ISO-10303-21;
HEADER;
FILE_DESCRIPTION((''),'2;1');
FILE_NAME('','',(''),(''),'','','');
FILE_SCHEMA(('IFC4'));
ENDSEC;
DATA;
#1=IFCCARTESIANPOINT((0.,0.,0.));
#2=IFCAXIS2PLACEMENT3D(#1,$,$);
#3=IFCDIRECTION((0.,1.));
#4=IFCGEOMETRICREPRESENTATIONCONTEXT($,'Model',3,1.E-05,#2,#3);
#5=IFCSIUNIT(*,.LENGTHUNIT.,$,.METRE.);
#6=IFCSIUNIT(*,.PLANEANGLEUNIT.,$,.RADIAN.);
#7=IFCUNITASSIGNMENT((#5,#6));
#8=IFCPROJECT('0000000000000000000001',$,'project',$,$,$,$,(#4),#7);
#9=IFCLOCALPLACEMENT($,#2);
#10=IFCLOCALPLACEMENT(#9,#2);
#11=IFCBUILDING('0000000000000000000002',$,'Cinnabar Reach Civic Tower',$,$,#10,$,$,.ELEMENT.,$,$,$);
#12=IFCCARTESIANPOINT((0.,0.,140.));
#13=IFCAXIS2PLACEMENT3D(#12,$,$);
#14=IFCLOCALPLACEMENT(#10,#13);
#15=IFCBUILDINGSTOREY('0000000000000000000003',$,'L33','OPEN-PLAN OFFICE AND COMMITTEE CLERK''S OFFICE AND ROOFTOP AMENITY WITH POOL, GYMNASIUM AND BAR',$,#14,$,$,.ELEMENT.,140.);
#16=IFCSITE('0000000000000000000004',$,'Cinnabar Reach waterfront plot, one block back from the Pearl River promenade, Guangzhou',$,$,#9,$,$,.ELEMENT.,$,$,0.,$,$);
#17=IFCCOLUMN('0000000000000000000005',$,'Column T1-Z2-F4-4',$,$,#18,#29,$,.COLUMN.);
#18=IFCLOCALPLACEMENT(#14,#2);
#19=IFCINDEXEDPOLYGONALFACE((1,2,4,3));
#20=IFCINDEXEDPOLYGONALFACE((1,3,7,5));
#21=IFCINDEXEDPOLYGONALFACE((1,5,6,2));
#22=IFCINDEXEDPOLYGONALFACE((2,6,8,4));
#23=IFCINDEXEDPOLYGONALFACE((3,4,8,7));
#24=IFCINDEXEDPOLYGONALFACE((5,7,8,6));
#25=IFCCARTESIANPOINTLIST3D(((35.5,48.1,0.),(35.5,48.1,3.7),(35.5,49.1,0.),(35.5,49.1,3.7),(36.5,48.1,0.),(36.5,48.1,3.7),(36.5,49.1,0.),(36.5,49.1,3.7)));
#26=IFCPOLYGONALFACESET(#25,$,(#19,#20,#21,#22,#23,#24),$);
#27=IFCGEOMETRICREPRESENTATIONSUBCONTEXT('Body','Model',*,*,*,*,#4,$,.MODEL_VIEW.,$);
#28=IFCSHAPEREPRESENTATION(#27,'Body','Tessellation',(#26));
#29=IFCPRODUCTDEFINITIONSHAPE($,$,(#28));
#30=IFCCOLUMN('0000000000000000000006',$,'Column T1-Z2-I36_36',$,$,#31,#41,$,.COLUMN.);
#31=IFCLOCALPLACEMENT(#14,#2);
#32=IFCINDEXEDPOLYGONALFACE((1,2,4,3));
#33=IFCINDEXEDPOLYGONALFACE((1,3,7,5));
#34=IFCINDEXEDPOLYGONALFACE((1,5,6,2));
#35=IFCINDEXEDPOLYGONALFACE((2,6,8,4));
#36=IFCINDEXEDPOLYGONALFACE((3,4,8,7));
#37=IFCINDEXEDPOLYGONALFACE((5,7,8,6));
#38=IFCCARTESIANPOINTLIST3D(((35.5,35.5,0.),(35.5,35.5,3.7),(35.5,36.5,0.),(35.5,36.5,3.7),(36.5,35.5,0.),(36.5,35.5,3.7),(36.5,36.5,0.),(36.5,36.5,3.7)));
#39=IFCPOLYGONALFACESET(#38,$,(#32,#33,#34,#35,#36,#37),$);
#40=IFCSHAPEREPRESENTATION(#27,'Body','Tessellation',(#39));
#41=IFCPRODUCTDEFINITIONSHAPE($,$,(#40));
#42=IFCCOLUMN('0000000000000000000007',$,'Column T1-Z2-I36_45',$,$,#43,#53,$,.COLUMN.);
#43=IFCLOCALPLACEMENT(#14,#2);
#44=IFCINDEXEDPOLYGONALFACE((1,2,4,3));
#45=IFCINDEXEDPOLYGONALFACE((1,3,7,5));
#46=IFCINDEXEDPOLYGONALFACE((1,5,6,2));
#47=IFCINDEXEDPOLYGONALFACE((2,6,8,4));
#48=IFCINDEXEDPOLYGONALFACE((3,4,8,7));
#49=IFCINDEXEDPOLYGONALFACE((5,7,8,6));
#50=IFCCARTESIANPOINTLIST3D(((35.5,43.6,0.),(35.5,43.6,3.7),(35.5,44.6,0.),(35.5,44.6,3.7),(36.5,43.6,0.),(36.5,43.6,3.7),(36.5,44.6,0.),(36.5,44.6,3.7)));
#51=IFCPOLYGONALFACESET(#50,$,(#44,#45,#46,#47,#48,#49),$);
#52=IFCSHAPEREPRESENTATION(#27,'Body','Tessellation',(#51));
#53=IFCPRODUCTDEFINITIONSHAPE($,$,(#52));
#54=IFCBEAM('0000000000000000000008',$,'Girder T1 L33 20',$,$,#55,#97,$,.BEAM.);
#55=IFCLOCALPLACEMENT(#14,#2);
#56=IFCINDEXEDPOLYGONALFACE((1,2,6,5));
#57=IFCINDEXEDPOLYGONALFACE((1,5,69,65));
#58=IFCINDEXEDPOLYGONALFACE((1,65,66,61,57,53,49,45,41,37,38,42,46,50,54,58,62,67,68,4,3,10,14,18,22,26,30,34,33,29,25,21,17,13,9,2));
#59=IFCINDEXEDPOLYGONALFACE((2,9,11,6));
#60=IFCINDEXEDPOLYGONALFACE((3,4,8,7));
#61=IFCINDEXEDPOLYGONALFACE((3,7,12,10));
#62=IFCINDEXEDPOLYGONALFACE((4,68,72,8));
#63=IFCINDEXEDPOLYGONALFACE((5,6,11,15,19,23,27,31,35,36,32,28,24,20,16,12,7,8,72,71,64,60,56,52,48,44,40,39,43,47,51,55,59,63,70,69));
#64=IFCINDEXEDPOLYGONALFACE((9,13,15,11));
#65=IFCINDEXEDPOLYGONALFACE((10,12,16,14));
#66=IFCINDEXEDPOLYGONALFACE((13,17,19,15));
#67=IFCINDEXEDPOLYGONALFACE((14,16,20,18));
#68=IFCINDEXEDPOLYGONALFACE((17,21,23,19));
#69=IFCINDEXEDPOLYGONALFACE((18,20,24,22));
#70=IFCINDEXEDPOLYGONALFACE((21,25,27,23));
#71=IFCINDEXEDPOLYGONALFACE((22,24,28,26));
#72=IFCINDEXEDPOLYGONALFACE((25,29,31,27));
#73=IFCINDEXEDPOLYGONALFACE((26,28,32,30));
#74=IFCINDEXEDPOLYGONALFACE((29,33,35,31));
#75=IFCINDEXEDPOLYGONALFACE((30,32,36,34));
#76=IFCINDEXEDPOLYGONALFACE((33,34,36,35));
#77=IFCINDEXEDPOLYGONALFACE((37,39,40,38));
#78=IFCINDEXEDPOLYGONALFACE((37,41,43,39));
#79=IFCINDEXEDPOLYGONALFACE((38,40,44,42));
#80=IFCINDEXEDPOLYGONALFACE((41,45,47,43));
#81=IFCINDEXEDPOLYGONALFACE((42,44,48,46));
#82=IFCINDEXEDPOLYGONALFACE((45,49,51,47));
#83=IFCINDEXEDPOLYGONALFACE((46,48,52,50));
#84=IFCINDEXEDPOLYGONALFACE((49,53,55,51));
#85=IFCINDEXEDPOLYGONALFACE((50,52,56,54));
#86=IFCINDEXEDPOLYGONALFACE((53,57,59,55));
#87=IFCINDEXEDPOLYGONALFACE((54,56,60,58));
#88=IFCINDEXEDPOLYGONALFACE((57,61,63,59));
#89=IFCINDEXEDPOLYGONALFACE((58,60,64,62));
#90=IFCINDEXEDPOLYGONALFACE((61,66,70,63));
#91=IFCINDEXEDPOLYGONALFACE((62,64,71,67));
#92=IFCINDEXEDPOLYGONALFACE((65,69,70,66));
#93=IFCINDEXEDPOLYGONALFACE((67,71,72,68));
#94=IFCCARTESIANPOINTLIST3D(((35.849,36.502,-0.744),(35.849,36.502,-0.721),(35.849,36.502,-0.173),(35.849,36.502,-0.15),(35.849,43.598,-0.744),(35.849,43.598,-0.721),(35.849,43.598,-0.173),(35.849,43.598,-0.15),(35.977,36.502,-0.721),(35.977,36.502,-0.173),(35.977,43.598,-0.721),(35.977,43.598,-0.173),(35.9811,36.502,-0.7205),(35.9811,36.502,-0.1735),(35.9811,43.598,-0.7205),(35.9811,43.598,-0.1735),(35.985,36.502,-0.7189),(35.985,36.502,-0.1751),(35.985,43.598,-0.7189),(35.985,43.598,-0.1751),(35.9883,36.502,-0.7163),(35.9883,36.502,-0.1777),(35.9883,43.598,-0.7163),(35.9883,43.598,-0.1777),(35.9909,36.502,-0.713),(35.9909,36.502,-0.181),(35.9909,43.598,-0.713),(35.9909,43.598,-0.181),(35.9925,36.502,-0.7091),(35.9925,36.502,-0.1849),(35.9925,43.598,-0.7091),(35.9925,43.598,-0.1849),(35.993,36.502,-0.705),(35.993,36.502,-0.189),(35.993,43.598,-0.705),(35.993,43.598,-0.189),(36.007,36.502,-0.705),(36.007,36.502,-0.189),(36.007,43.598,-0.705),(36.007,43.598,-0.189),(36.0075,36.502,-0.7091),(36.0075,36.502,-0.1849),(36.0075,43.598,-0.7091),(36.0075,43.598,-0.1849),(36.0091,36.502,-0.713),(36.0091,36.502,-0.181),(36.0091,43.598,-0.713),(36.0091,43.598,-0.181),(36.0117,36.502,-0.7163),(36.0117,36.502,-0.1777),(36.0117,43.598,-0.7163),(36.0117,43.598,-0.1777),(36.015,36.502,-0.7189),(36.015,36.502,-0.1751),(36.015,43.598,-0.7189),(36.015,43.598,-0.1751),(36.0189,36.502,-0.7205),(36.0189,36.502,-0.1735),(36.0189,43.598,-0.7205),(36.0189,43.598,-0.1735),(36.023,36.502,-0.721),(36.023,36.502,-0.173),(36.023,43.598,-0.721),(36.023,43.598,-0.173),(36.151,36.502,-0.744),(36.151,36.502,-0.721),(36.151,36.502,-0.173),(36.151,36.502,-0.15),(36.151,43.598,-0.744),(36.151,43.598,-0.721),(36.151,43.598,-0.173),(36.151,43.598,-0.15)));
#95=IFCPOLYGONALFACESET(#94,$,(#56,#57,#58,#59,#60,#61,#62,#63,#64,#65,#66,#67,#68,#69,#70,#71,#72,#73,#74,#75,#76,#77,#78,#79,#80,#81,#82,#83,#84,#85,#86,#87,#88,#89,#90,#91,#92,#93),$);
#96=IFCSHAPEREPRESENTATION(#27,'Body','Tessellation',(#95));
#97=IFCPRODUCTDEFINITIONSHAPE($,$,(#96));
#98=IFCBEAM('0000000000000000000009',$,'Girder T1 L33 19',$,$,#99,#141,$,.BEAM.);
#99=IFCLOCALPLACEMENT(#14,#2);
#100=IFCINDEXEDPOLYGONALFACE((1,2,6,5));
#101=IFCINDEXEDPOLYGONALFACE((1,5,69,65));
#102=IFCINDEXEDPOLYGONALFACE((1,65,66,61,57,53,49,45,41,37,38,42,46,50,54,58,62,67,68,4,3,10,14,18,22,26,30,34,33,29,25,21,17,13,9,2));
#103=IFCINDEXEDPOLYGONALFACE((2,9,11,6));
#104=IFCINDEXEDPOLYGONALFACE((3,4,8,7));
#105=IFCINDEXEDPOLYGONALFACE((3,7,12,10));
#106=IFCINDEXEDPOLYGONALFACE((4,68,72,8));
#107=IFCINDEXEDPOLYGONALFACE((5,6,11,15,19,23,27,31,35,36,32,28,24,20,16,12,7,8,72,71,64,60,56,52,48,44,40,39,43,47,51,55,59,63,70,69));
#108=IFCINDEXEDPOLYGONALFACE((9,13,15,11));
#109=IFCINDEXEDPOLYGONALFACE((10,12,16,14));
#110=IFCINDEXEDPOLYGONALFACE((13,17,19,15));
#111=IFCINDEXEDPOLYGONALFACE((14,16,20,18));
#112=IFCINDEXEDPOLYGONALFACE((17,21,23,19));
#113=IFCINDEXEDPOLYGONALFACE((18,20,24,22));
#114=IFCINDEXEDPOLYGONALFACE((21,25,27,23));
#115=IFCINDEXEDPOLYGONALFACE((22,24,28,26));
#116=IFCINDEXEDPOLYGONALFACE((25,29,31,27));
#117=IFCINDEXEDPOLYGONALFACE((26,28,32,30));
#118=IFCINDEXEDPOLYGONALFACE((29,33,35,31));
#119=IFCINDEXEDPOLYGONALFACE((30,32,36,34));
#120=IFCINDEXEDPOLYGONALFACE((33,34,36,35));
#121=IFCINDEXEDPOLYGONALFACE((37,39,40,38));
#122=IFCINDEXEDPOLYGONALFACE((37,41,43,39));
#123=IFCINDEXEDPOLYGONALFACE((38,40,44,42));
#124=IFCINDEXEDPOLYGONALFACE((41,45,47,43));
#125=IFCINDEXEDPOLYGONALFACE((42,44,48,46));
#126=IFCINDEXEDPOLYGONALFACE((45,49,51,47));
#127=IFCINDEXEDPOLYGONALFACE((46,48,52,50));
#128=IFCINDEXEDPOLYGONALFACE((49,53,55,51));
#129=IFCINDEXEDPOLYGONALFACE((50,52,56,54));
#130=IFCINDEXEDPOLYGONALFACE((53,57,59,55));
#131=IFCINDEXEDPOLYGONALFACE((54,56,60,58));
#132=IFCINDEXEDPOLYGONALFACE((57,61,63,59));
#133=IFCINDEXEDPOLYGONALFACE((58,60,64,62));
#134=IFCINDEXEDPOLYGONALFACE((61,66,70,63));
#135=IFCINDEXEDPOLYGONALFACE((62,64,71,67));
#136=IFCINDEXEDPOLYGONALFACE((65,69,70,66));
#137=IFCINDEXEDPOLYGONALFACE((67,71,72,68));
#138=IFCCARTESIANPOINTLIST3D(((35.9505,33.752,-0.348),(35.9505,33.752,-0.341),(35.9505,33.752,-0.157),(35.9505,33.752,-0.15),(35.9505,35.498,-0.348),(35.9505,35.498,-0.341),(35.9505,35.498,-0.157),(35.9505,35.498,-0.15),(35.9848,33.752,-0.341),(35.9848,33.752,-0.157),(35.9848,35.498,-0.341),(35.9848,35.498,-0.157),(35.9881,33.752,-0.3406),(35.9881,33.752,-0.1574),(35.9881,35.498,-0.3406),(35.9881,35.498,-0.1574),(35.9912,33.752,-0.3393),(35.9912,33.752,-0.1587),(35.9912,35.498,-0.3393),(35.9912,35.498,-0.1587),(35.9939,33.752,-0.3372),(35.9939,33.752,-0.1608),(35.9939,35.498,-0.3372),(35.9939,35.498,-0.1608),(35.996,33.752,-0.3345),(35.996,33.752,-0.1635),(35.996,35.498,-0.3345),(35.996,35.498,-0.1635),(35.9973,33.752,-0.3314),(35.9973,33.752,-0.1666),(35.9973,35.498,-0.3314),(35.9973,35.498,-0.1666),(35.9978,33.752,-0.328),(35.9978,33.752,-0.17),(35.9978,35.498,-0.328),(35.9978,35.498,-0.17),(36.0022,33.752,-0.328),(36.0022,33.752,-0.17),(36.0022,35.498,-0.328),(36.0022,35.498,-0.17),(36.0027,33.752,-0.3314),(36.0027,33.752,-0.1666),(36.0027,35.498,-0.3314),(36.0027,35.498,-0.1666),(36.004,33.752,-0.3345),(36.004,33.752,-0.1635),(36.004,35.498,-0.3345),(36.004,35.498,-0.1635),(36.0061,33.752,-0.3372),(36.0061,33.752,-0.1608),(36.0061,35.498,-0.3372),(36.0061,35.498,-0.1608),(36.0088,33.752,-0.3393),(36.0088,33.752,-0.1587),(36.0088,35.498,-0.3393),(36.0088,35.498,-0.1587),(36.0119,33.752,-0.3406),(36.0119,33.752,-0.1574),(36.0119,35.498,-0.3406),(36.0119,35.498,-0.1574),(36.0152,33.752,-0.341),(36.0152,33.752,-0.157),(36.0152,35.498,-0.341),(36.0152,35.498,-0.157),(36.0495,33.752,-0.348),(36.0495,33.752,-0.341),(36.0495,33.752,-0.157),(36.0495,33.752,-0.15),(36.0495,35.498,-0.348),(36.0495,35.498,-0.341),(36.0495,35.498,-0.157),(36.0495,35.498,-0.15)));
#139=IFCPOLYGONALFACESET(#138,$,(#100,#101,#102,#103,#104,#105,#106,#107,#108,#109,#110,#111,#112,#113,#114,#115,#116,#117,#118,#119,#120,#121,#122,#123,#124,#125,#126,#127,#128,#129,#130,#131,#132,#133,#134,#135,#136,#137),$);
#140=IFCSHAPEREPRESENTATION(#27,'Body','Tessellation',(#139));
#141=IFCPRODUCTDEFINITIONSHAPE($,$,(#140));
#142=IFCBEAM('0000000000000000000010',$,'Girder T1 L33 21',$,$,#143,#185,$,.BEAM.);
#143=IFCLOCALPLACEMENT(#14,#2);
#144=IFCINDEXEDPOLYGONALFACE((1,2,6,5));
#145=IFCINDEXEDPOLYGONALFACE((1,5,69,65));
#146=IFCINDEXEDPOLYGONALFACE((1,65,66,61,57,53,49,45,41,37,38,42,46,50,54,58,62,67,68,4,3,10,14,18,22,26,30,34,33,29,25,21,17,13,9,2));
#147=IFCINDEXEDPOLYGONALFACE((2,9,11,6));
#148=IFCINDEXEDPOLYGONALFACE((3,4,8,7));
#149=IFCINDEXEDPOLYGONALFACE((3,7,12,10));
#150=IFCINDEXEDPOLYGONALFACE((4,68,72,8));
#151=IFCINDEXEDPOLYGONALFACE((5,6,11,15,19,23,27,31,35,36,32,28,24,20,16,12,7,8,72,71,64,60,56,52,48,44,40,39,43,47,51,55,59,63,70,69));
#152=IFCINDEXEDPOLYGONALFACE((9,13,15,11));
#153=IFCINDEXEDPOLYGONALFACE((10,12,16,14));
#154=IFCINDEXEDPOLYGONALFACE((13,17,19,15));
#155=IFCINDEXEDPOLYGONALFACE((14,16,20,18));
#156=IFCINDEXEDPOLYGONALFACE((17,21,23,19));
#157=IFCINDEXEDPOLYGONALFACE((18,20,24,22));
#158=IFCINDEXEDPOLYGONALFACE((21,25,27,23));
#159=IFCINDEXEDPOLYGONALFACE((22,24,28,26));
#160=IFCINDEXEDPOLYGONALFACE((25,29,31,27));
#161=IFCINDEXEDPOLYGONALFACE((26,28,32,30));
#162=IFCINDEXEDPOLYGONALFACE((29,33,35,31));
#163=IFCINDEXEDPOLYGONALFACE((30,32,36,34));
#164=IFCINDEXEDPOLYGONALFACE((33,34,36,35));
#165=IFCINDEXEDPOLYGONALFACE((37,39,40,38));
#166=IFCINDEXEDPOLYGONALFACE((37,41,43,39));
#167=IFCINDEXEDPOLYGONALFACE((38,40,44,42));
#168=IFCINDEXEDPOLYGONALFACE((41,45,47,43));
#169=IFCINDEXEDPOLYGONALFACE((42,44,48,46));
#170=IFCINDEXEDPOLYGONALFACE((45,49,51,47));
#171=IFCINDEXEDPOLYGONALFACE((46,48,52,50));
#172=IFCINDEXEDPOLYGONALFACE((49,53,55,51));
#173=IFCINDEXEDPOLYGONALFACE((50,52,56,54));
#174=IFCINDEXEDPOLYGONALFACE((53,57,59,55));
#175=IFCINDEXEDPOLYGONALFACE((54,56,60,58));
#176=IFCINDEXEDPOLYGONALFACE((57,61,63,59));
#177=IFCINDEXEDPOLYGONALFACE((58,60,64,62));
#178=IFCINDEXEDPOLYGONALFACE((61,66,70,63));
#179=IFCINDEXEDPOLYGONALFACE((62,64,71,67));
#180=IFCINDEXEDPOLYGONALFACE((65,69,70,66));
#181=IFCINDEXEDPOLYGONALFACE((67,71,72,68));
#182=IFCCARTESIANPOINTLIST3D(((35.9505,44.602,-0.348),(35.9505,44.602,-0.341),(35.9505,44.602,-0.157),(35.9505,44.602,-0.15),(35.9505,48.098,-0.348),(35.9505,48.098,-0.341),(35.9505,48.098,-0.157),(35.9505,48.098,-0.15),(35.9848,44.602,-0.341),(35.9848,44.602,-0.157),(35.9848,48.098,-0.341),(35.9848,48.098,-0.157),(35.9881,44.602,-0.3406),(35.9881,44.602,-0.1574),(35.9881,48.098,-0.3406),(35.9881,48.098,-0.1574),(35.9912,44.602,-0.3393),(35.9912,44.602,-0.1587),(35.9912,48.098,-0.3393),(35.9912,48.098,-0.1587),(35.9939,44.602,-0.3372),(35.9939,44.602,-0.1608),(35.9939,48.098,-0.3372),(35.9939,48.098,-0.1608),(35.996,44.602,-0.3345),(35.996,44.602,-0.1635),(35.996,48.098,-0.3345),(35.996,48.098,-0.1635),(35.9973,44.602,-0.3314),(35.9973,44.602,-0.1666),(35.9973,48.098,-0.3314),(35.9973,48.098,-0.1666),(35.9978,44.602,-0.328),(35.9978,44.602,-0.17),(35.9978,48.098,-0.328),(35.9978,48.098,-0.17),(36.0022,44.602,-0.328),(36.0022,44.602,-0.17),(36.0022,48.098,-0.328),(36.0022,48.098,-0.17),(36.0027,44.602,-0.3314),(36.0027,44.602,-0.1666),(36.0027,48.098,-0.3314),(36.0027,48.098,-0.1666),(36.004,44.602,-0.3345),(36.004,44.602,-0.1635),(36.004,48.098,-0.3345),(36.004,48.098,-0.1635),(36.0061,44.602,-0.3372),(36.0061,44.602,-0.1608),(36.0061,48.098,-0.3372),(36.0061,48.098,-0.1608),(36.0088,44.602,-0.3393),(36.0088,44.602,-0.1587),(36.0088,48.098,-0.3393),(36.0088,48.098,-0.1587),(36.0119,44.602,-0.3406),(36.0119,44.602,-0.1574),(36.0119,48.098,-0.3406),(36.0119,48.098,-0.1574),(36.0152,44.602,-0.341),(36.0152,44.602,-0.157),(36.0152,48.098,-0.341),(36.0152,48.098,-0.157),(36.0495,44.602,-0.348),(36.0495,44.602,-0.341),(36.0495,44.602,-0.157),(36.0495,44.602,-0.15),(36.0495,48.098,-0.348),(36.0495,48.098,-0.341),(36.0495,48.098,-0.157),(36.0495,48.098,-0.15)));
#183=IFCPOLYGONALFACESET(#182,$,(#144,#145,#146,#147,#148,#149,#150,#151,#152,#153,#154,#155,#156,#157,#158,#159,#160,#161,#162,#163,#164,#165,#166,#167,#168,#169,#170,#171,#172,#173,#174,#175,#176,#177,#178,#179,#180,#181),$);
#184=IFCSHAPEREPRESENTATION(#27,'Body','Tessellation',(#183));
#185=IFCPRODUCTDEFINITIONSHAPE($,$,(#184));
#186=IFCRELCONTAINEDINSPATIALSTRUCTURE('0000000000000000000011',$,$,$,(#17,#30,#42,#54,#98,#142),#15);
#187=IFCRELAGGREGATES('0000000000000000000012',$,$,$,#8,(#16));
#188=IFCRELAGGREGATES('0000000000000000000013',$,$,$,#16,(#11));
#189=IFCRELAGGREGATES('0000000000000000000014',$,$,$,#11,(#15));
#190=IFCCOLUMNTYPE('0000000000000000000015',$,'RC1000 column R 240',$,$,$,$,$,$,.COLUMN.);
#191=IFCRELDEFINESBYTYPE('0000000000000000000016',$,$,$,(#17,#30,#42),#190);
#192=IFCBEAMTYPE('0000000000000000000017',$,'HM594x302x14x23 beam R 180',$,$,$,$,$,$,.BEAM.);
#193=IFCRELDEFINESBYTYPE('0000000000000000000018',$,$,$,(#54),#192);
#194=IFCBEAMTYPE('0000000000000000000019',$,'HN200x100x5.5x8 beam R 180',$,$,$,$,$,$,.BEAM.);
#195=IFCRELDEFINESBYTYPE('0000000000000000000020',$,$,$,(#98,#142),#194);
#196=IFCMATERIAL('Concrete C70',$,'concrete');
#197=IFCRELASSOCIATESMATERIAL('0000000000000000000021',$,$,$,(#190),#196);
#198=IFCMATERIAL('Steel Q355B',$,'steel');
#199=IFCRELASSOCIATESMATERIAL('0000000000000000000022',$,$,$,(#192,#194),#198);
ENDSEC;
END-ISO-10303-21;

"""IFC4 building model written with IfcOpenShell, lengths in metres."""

from ifc_helpers import new_model, si_unit, direction, frame, origin, origin_2d, place, context, subcontext, project, spatial, rectangle, i_section, extrude, material, material_profile, profile_set, type_object, element, save


model = new_model("IFC4")

# Units and contexts
model_context = context("Model", 3, precision=1e-05, world=origin(), true_north=direction((0.0, 1.0)))
body_context = subcontext(model_context, "Body", "Model", "MODEL_VIEW")
ifc_project = project(units=[si_unit("LENGTHUNIT", "METRE"), si_unit("PLANEANGLEUNIT", "RADIAN")], contexts=[model_context])

# Site, building, storey
site_placement = place(None, origin())
site = spatial("IfcSite", under=ifc_project, at=site_placement, Name="Cinnabar Reach waterfront plot, one block back from the Pearl River promenade, Guangzhou", CompositionType="ELEMENT", RefElevation=0.0)
building_placement = place(site_placement, origin())
building = spatial("IfcBuilding", under=site, at=building_placement, Name="Cinnabar Reach Civic Tower", CompositionType="ELEMENT")
storey_placement = place(building_placement, frame((0.0, 0.0, 140.0)))
storey = spatial("IfcBuildingStorey", under=building, at=storey_placement, Name="L33", Description="OPEN-PLAN OFFICE AND COMMITTEE CLERK'S OFFICE AND ROOFTOP AMENITY WITH POOL, GYMNASIUM AND BAR", CompositionType="ELEMENT", Elevation=140.0)

# Columns
ifc_material_1 = material(Name="Concrete C70", Category="concrete")
ifc_material_profile_1 = material_profile(ifc_material_1, rectangle(XDim=1.0, YDim=1.0, at=origin_2d()), Name="RC1000")
ifc_profile_set_1 = profile_set([ifc_material_profile_1], Name="Concrete C70")
column_type = type_object("IfcColumnType", Name="RC1000 column R 240", PredefinedType="COLUMN", material=ifc_profile_set_1)
for number, where, z_axis, x_axis, name in (
    (1, (36.0, 48.6, 0.0), (0.0, 0.0, 1.0), (1.0, 0.0, 0.0), "Column T1-Z2-F4-4"),
    (2, (36.0, 36.0, 0.0), (0.0, 0.0, 1.0), (1.0, 0.0, 0.0), "Column T1-Z2-I36_36"),
    (3, (36.0, 44.1, 0.0), (0.0, 0.0, 1.0), (1.0, 0.0, 0.0), "Column T1-Z2-I36_45"),
):
    element("IfcColumn", number, at=place(storey_placement, frame(where, z_axis=z_axis, x_axis=x_axis)), inside=storey, type_object=column_type, Name=name, PredefinedType="COLUMN", context=body_context, shape_type="SweptSolid", body=[
        extrude(rectangle(XDim=1.0, YDim=1.0, at=origin_2d()), origin(), (0.0, 0.0, 1.0), 3.7),
    ])

# Beams
ifc_material_2 = material(Name="Steel Q355B", Category="steel")
ifc_material_profile_2 = material_profile(ifc_material_2, i_section(OverallWidth=0.302, OverallDepth=0.594, WebThickness=0.014, FlangeThickness=0.023, FilletRadius=0.016, at=origin_2d()), Name="HM594x302x14x23")
ifc_profile_set_2 = profile_set([ifc_material_profile_2], Name="Steel Q355B")
beam_type_1 = type_object("IfcBeamType", Name="HM594x302x14x23 beam R 180", PredefinedType="BEAM", material=ifc_profile_set_2)
beam_1_placement = place(storey_placement, frame((36.0, 36.502, -0.447), z_axis=(0.0, 1.0, 0.0), x_axis=(-1.0, 0.0, 0.0)))
element("IfcBeam", 4, at=beam_1_placement, inside=storey, type_object=beam_type_1, Name="Girder T1 L33 20", PredefinedType="BEAM", context=body_context, shape_type="SweptSolid", body=[
    extrude(i_section(OverallWidth=0.302, OverallDepth=0.594, WebThickness=0.014, FlangeThickness=0.023, FilletRadius=0.016, at=origin_2d()), origin(), (0.0, 0.0, 1.0), 7.096),
])
ifc_material_profile_3 = material_profile(ifc_material_2, i_section(OverallWidth=0.099, OverallDepth=0.198, WebThickness=0.0045, FlangeThickness=0.007, FilletRadius=0.013, at=origin_2d()), Name="HN200x100x5.5x8")
ifc_profile_set_3 = profile_set([ifc_material_profile_3], Name="Steel Q355B")
beam_type_2 = type_object("IfcBeamType", Name="HN200x100x5.5x8 beam R 180", PredefinedType="BEAM", material=ifc_profile_set_3)
beam_2_placement = place(storey_placement, frame((36.0, 33.752, -0.249), z_axis=(0.0, 1.0, 0.0), x_axis=(-1.0, 0.0, 0.0)))
element("IfcBeam", 5, at=beam_2_placement, inside=storey, type_object=beam_type_2, Name="Girder T1 L33 19", PredefinedType="BEAM", context=body_context, shape_type="SweptSolid", body=[
    extrude(i_section(OverallWidth=0.099, OverallDepth=0.198, WebThickness=0.0045, FlangeThickness=0.007, FilletRadius=0.013, at=origin_2d()), origin(), (0.0, 0.0, 1.0), 1.746),
])
beam_3_placement = place(storey_placement, frame((36.0, 44.602, -0.249), z_axis=(0.0, 1.0, 0.0), x_axis=(-1.0, 0.0, 0.0)))
element("IfcBeam", 6, at=beam_3_placement, inside=storey, type_object=beam_type_2, Name="Girder T1 L33 21", PredefinedType="BEAM", context=body_context, shape_type="SweptSolid", body=[
    extrude(i_section(OverallWidth=0.099, OverallDepth=0.198, WebThickness=0.0045, FlangeThickness=0.007, FilletRadius=0.013, at=origin_2d()), origin(), (0.0, 0.0, 1.0), 3.496),
])

save(model, "model.ifc")
